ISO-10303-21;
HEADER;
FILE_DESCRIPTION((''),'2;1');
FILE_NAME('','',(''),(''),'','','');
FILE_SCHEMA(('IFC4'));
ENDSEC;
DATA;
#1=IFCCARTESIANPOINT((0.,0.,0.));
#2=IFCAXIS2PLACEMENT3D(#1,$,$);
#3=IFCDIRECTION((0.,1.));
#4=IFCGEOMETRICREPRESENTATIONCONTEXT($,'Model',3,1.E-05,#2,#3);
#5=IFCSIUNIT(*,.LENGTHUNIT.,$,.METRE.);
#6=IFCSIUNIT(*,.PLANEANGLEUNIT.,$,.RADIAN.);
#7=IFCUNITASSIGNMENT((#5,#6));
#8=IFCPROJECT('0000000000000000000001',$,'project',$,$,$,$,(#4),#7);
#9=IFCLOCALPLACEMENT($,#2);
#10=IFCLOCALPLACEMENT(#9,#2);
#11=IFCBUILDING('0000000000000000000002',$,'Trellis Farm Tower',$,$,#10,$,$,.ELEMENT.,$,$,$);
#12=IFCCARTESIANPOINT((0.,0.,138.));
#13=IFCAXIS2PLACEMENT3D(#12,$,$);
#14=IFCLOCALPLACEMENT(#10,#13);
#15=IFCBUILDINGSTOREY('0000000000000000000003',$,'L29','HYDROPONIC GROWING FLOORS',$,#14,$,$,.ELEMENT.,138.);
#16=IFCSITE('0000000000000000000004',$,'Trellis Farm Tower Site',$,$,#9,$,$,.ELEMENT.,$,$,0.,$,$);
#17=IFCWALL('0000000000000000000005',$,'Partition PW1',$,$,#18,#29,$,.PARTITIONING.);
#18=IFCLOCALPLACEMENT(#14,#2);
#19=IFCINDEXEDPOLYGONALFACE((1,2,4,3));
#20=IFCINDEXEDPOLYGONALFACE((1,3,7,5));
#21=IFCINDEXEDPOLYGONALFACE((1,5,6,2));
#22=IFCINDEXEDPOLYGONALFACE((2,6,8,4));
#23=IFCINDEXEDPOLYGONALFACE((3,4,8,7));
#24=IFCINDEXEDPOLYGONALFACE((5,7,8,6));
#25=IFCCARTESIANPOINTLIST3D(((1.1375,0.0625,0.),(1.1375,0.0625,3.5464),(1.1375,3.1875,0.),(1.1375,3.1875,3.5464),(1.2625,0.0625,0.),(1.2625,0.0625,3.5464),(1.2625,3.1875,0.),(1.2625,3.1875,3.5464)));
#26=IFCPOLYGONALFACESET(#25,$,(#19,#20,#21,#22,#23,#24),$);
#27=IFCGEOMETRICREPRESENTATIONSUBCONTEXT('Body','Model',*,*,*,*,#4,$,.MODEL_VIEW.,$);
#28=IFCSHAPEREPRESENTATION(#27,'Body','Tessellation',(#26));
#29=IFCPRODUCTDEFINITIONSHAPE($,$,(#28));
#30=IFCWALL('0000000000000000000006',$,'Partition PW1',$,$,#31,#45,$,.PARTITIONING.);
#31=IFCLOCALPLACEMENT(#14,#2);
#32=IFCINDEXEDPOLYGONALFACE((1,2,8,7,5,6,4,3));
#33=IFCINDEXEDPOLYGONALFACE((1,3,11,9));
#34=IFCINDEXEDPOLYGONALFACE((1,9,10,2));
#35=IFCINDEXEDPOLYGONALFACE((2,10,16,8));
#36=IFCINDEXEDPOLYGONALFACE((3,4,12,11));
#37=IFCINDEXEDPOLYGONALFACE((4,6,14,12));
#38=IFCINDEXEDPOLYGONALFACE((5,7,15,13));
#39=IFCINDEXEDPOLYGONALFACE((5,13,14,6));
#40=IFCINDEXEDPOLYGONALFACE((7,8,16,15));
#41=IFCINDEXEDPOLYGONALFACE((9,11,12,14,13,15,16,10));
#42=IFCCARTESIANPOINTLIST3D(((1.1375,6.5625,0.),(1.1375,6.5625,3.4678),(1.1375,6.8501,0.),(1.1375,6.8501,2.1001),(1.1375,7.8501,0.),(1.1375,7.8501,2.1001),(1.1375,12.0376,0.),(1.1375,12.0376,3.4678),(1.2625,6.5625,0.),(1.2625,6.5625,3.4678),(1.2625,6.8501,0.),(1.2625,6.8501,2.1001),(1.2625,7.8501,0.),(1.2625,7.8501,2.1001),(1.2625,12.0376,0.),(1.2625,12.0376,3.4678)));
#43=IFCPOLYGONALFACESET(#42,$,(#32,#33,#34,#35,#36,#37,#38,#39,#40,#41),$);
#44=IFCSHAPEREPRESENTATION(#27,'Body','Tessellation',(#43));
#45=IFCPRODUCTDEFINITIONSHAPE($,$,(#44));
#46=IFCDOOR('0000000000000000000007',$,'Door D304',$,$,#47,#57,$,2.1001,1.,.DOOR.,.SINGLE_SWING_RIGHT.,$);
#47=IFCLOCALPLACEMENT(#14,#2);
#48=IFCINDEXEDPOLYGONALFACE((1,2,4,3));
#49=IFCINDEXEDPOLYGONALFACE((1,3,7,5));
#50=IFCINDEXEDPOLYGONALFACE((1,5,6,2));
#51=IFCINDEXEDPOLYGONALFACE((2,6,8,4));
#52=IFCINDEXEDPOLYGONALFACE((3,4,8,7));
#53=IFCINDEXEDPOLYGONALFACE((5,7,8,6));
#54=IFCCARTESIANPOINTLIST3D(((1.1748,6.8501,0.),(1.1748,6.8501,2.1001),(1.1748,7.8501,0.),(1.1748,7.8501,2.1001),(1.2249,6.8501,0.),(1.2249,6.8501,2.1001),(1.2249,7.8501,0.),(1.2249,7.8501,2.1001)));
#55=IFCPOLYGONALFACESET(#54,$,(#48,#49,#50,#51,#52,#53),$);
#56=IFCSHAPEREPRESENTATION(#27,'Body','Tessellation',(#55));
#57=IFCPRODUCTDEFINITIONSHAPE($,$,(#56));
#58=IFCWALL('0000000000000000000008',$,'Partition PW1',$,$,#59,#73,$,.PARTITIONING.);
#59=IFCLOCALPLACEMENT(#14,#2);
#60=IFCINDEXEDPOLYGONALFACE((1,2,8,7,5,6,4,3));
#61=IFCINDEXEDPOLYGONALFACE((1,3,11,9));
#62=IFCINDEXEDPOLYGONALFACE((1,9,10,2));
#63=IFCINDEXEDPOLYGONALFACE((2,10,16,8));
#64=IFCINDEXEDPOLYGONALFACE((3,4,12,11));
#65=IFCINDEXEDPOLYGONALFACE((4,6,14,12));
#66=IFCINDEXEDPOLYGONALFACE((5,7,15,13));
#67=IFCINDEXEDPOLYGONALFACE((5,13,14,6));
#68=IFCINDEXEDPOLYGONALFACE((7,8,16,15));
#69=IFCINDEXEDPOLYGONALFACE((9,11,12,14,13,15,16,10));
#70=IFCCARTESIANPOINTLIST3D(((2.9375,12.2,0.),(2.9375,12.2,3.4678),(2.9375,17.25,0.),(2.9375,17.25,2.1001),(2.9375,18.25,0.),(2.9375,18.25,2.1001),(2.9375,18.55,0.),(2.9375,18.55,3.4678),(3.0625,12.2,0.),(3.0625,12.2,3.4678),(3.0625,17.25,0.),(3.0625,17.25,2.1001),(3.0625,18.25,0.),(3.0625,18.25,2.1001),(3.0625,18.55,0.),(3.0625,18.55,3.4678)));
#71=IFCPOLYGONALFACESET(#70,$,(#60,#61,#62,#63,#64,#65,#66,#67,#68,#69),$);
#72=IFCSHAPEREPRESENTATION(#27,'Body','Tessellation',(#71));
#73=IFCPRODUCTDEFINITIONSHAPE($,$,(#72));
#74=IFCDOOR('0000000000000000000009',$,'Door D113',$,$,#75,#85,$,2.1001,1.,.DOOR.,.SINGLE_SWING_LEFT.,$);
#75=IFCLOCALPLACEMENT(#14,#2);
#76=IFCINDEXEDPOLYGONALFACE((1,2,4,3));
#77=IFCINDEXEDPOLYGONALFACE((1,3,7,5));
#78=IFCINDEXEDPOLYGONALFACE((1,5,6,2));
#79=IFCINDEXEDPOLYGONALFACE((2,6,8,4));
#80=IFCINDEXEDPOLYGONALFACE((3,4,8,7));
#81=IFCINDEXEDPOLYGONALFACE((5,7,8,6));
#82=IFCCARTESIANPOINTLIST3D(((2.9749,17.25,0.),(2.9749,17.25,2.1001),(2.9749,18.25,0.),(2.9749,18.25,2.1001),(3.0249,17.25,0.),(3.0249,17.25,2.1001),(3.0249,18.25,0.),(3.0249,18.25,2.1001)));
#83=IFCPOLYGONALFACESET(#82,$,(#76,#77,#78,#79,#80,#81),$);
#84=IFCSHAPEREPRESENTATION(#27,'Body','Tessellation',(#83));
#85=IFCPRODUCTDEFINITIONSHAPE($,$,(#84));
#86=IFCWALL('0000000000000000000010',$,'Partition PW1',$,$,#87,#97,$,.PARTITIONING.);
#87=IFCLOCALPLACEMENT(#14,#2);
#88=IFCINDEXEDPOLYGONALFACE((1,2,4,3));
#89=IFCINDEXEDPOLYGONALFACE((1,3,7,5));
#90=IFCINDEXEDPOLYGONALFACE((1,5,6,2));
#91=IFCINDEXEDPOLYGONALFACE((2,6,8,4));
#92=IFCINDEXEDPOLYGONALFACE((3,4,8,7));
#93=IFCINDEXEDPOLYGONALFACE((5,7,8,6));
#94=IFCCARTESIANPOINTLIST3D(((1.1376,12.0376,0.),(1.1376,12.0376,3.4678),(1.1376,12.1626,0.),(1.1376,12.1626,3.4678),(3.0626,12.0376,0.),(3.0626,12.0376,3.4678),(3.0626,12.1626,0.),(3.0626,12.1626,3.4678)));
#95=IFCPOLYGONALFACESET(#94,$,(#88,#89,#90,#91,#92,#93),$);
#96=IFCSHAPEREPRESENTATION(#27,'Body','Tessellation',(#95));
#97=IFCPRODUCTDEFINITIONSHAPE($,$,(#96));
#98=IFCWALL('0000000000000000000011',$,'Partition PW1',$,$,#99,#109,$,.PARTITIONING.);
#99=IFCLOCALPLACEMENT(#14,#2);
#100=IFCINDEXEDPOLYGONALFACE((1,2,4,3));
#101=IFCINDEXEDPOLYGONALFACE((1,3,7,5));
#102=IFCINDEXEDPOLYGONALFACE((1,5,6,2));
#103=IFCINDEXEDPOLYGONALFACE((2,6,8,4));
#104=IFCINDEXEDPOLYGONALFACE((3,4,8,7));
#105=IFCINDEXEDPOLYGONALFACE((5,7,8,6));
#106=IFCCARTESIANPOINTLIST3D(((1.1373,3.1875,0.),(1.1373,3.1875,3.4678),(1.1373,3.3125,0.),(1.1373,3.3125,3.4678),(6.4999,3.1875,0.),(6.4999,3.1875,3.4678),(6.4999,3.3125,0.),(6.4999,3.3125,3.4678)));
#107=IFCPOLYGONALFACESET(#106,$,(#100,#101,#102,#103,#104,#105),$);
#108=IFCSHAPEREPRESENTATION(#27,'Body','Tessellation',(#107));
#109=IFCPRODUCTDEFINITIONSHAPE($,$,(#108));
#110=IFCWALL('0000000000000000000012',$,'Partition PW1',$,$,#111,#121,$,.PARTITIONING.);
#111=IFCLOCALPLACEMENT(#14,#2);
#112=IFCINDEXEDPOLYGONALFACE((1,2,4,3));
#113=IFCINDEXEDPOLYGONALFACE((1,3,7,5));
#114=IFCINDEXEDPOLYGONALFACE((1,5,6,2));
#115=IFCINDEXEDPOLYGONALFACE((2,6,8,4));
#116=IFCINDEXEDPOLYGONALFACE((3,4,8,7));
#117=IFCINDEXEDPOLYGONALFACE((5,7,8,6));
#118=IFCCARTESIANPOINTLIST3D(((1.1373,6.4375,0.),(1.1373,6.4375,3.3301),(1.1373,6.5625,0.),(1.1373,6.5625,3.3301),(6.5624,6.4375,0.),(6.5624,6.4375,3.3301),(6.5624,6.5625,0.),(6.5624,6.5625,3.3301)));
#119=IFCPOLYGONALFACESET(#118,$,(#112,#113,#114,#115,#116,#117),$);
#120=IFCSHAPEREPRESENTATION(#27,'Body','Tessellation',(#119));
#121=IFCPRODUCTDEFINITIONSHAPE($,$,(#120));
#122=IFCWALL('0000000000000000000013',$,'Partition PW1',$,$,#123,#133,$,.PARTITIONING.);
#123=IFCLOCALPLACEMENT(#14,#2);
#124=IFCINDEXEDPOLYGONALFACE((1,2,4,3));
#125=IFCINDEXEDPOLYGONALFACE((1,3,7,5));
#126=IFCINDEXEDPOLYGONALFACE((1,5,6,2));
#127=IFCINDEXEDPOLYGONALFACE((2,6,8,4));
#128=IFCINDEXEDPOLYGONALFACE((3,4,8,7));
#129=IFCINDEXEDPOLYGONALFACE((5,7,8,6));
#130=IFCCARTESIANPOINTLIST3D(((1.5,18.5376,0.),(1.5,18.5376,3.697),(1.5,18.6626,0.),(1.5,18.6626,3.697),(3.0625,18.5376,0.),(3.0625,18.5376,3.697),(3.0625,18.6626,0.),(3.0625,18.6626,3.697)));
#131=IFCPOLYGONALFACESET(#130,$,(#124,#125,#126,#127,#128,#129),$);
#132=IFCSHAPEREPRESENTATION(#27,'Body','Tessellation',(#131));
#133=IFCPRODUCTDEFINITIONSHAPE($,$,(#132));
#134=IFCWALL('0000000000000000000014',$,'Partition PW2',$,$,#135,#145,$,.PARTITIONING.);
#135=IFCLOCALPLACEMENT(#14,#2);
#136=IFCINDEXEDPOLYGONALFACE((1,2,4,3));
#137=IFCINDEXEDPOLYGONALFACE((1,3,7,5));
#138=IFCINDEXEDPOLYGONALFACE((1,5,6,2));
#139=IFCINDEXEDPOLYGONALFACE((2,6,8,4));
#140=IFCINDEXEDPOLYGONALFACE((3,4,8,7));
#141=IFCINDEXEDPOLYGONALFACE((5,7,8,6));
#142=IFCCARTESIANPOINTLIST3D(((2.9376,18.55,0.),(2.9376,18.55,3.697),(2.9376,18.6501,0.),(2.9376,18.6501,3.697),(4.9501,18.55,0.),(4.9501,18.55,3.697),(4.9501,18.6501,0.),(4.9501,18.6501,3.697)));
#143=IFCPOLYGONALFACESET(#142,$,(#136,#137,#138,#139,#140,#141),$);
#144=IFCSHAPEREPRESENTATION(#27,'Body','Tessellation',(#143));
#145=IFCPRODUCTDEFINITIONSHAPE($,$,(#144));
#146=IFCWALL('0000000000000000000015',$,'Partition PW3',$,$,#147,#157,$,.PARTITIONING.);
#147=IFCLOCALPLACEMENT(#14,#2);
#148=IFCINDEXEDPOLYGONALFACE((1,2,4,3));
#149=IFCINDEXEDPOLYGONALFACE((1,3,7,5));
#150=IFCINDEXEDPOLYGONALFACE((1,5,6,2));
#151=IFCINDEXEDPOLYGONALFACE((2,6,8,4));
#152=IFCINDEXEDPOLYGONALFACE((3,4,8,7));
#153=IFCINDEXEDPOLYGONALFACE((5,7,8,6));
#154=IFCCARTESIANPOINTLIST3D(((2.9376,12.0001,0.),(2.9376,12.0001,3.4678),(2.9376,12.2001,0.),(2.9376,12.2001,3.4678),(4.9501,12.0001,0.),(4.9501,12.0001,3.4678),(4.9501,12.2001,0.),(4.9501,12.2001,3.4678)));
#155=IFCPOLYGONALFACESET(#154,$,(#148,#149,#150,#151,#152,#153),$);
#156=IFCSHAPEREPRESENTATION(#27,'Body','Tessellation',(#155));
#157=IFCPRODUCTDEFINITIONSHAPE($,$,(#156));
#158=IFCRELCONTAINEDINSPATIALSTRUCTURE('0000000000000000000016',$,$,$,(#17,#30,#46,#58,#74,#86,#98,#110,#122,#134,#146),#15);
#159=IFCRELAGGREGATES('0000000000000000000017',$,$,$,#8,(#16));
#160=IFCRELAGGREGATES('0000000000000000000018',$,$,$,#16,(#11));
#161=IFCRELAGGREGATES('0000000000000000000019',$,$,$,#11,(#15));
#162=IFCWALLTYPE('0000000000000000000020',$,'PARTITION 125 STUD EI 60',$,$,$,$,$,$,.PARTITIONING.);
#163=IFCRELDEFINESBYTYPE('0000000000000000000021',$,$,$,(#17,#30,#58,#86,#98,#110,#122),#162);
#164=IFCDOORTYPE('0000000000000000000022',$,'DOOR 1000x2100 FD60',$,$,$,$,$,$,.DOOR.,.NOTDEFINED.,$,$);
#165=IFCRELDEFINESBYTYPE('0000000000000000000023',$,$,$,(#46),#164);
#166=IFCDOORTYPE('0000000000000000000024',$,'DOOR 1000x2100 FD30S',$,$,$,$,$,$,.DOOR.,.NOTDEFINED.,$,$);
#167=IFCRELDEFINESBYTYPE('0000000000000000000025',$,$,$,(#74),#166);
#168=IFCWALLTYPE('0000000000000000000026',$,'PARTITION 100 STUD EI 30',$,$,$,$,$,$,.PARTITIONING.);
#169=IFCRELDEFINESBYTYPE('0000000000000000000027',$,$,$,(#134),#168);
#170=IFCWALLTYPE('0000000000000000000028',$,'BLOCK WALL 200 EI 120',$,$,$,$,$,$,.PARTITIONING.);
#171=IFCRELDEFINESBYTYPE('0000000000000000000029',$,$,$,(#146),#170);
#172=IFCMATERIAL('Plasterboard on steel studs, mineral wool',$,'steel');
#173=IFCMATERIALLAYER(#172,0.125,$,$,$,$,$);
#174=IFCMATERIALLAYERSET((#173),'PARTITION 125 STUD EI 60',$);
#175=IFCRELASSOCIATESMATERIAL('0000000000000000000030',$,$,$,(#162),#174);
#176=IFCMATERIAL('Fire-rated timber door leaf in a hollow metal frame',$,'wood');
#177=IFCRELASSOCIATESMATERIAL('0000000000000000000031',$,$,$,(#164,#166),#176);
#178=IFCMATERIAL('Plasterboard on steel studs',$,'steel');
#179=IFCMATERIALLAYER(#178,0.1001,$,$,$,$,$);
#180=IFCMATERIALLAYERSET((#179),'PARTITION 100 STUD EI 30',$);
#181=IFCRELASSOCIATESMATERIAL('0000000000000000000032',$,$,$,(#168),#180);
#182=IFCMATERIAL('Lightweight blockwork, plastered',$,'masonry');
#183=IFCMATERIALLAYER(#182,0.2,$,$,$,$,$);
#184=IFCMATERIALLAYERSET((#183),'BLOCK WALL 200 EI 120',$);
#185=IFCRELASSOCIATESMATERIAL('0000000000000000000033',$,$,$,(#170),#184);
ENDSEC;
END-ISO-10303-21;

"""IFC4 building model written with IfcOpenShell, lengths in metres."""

from ifc_helpers import new_model, si_unit, direction, frame, frame_2d, origin, place, context, subcontext, project, spatial, rectangle, extrude, source, transform, mapped, material, layer, layer_set, type_object, element, fill, save


model = new_model("IFC4")

# Units and contexts
model_context = context("Model", 3, precision=1e-05, world=origin(), true_north=direction((0.0, 1.0)))
body_context = subcontext(model_context, "Body", "Model", "MODEL_VIEW")
ifc_project = project(units=[si_unit("LENGTHUNIT", "METRE"), si_unit("PLANEANGLEUNIT", "RADIAN")], contexts=[model_context])

# Site, building, storey
site_placement = place(None, origin())
site = spatial("IfcSite", under=ifc_project, at=site_placement, Name="Trellis Farm Tower Site", CompositionType="ELEMENT", RefElevation=0.0)
building_placement = place(site_placement, origin())
building = spatial("IfcBuilding", under=site, at=building_placement, Name="Trellis Farm Tower", CompositionType="ELEMENT")
storey_placement = place(building_placement, frame((0.0, 0.0, 138.0)))
storey = spatial("IfcBuildingStorey", under=building, at=storey_placement, Name="L29", Description="HYDROPONIC GROWING FLOORS", CompositionType="ELEMENT", Elevation=138.0)

# Wall
ifc_material_1 = material(Name="Plasterboard on steel studs, mineral wool", Category="steel")
ifc_layer_1 = layer(ifc_material_1, 0.125)
ifc_layer_set_1 = layer_set([ifc_layer_1], Name="PARTITION 125 STUD EI 60")
wall_type_1 = type_object("IfcWallType", Name="PARTITION 125 STUD EI 60", PredefinedType="PARTITIONING", material=ifc_layer_set_1)
shared_shape_1 = source(origin(), body_context, "Body", "SweptSolid", [
    extrude(rectangle(XDim=3.125, YDim=0.125, at=frame_2d((1.5625, 0.0))), origin(), (0.0, 0.0, 1.0), 3.5464),
])
wall_1_placement = place(storey_placement, frame((1.2, 3.1875, 0.0), z_axis=(0.0, 0.0, 1.0), x_axis=(0.0, -1.0, 0.0)))
element("IfcWall", 1, at=wall_1_placement, inside=storey, type_object=wall_type_1, Name="Partition PW1", PredefinedType="PARTITIONING", context=body_context, shape_type="MappedRepresentation", body=[
    mapped(shared_shape_1, transform((0.0, 0.0, 0.0))),
])

# Walls, openings, doors
shared_shape_2 = source(origin(), body_context, "Body", "SweptSolid", [
    extrude(rectangle(XDim=5.4751, YDim=0.125, at=frame_2d((2.7375, 0.0))), origin(), (0.0, 0.0, 1.0), 3.4678),
])
wall_2_placement = place(storey_placement, frame((1.2, 12.0376, 0.0), z_axis=(0.0, 0.0, 1.0), x_axis=(0.0, -1.0, 0.0)))
wall_2 = element("IfcWall", 2, at=wall_2_placement, inside=storey, type_object=wall_type_1, Name="Partition PW1", PredefinedType="PARTITIONING", context=body_context, shape_type="MappedRepresentation", body=[
    mapped(shared_shape_2, transform((0.0, 0.0, 0.0))),
])
shared_shape_3 = source(origin(), body_context, "Body", "SweptSolid", [
    extrude(rectangle(XDim=1.0, YDim=2.1001, at=frame_2d((0.5, 1.05))), frame((0.0, 0.0725, 0.0), z_axis=(0.0, -1.0, 0.0), x_axis=(1.0, 0.0, 0.0)), (0.0, 0.0, 1.0), 0.145),
])
opening_1_placement = place(wall_2_placement, frame((4.1875, 0.0, 0.0)))
opening_1 = element("IfcOpeningElement", 3, at=opening_1_placement, cuts=wall_2, PredefinedType="OPENING", context=body_context, shape_type="MappedRepresentation", body=[
    mapped(shared_shape_3, transform((0.0, 0.0, 0.0))),
])
ifc_material_2 = material(Name="Fire-rated timber door leaf in a hollow metal frame", Category="wood")
door_type_1 = type_object("IfcDoorType", Name="DOOR 1000x2100 FD60", OperationType="NOTDEFINED", PredefinedType="DOOR", material=ifc_material_2)
shared_shape_4 = source(origin(), body_context, "Body", "SweptSolid", [
    extrude(rectangle(XDim=1.0, YDim=2.1001, at=frame_2d((0.5, 1.05))), frame((0.0, 0.0249, 0.0), z_axis=(0.0, -1.0, 0.0), x_axis=(1.0, 0.0, 0.0)), (0.0, 0.0, 1.0), 0.05),
])
door_1_placement = place(opening_1_placement, origin())
door_1 = element("IfcDoor", 4, at=door_1_placement, inside=storey, type_object=door_type_1, Name="Door D304", OperationType="SINGLE_SWING_RIGHT", OverallHeight=2.1001, OverallWidth=1.0, PredefinedType="DOOR", context=body_context, shape_type="MappedRepresentation", body=[
    mapped(shared_shape_4, transform((0.0, 0.0, 0.0))),
])
fill(opening_1, door_1)
shared_shape_5 = source(origin(), body_context, "Body", "SweptSolid", [
    extrude(rectangle(XDim=6.3501, YDim=0.125, at=frame_2d((3.175, 0.0))), origin(), (0.0, 0.0, 1.0), 3.4678),
])
wall_3_placement = place(storey_placement, frame((3.0, 18.55, 0.0), z_axis=(0.0, 0.0, 1.0), x_axis=(0.0, -1.0, 0.0)))
wall_3 = element("IfcWall", 5, at=wall_3_placement, inside=storey, type_object=wall_type_1, Name="Partition PW1", PredefinedType="PARTITIONING", context=body_context, shape_type="MappedRepresentation", body=[
    mapped(shared_shape_5, transform((0.0, 0.0, 0.0))),
])
opening_2_placement = place(wall_3_placement, frame((0.3, 0.0, 0.0)))
opening_2 = element("IfcOpeningElement", 6, at=opening_2_placement, cuts=wall_3, PredefinedType="OPENING", context=body_context, shape_type="MappedRepresentation", body=[
    mapped(shared_shape_3, transform((0.0, 0.0, 0.0))),
])
door_type_2 = type_object("IfcDoorType", Name="DOOR 1000x2100 FD30S", OperationType="NOTDEFINED", PredefinedType="DOOR", material=ifc_material_2)
door_2_placement = place(opening_2_placement, origin())
door_2 = element("IfcDoor", 7, at=door_2_placement, inside=storey, type_object=door_type_2, Name="Door D113", OperationType="SINGLE_SWING_LEFT", OverallHeight=2.1001, OverallWidth=1.0, PredefinedType="DOOR", context=body_context, shape_type="MappedRepresentation", body=[
    mapped(shared_shape_4, transform((0.0, 0.0, 0.0))),
])
fill(opening_2, door_2)

# Walls
shared_shape_6 = source(origin(), body_context, "Body", "SweptSolid", [
    extrude(rectangle(XDim=1.925, YDim=0.125, at=frame_2d((0.9624, 0.0))), origin(), (0.0, 0.0, 1.0), 3.4678),
])
wall_4_placement = place(storey_placement, frame((3.0625, 12.1001, 0.0), z_axis=(0.0, 0.0, 1.0), x_axis=(-1.0, 0.0, 0.0)))
element("IfcWall", 8, at=wall_4_placement, inside=storey, type_object=wall_type_1, Name="Partition PW1", PredefinedType="PARTITIONING", context=body_context, shape_type="MappedRepresentation", body=[
    mapped(shared_shape_6, transform((0.0, 0.0, 0.0))),
])
shared_shape_7 = source(origin(), body_context, "Body", "SweptSolid", [
    extrude(rectangle(XDim=5.3625, YDim=0.125, at=frame_2d((2.6812, 0.0))), origin(), (0.0, 0.0, 1.0), 3.4678),
])
wall_5_placement = place(storey_placement, frame((1.1375, 3.25, 0.0), z_axis=(0.0, 0.0, 1.0), x_axis=(1.0, 0.0, 0.0)))
element("IfcWall", 9, at=wall_5_placement, inside=storey, type_object=wall_type_1, Name="Partition PW1", PredefinedType="PARTITIONING", context=body_context, shape_type="MappedRepresentation", body=[
    mapped(shared_shape_7, transform((0.0, 0.0, 0.0))),
])
shared_shape_8 = source(origin(), body_context, "Body", "SweptSolid", [
    extrude(rectangle(XDim=5.425, YDim=0.125, at=frame_2d((2.7124, 0.0))), origin(), (0.0, 0.0, 1.0), 3.3301),
])
wall_6_placement = place(storey_placement, frame((1.1375, 6.5, 0.0), z_axis=(0.0, 0.0, 1.0), x_axis=(1.0, 0.0, 0.0)))
element("IfcWall", 10, at=wall_6_placement, inside=storey, type_object=wall_type_1, Name="Partition PW1", PredefinedType="PARTITIONING", context=body_context, shape_type="MappedRepresentation", body=[
    mapped(shared_shape_8, transform((0.0, 0.0, 0.0))),
])
shared_shape_9 = source(origin(), body_context, "Body", "SweptSolid", [
    extrude(rectangle(XDim=1.5625, YDim=0.125, at=frame_2d((0.7812, 0.0))), origin(), (0.0, 0.0, 1.0), 3.697),
])
wall_7_placement = place(storey_placement, frame((1.5, 18.6001, 0.0), z_axis=(0.0, 0.0, 1.0), x_axis=(1.0, 0.0, 0.0)))
element("IfcWall", 11, at=wall_7_placement, inside=storey, type_object=wall_type_1, Name="Partition PW1", PredefinedType="PARTITIONING", context=body_context, shape_type="MappedRepresentation", body=[
    mapped(shared_shape_9, transform((0.0, 0.0, 0.0))),
])
ifc_material_3 = material(Name="Plasterboard on steel studs", Category="steel")
ifc_layer_2 = layer(ifc_material_3, 0.1001)
ifc_layer_set_2 = layer_set([ifc_layer_2], Name="PARTITION 100 STUD EI 30")
wall_type_2 = type_object("IfcWallType", Name="PARTITION 100 STUD EI 30", PredefinedType="PARTITIONING", material=ifc_layer_set_2)
shared_shape_10 = source(origin(), body_context, "Body", "SweptSolid", [
    extrude(rectangle(XDim=2.0125, YDim=0.1001, at=frame_2d((1.0063, 0.0))), origin(), (0.0, 0.0, 1.0), 3.697),
])
wall_8_placement = place(storey_placement, frame((2.9375, 18.6001, 0.0), z_axis=(0.0, 0.0, 1.0), x_axis=(1.0, 0.0, 0.0)))
element("IfcWall", 12, at=wall_8_placement, inside=storey, type_object=wall_type_2, Name="Partition PW2", PredefinedType="PARTITIONING", context=body_context, shape_type="MappedRepresentation", body=[
    mapped(shared_shape_10, transform((0.0, 0.0, 0.0))),
])
ifc_material_4 = material(Name="Lightweight blockwork, plastered", Category="masonry")
ifc_layer_3 = layer(ifc_material_4, 0.2)
ifc_layer_set_3 = layer_set([ifc_layer_3], Name="BLOCK WALL 200 EI 120")
wall_type_3 = type_object("IfcWallType", Name="BLOCK WALL 200 EI 120", PredefinedType="PARTITIONING", material=ifc_layer_set_3)
shared_shape_11 = source(origin(), body_context, "Body", "SweptSolid", [
    extrude(rectangle(XDim=2.0125, YDim=0.2, at=frame_2d((1.0063, 0.0))), origin(), (0.0, 0.0, 1.0), 3.4678),
])
wall_9_placement = place(storey_placement, frame((2.9375, 12.1001, 0.0), z_axis=(0.0, 0.0, 1.0), x_axis=(1.0, 0.0, 0.0)))
element("IfcWall", 13, at=wall_9_placement, inside=storey, type_object=wall_type_3, Name="Partition PW3", PredefinedType="PARTITIONING", context=body_context, shape_type="MappedRepresentation", body=[
    mapped(shared_shape_11, transform((0.0, 0.0, 0.0))),
])

save(model, "model.ifc")
